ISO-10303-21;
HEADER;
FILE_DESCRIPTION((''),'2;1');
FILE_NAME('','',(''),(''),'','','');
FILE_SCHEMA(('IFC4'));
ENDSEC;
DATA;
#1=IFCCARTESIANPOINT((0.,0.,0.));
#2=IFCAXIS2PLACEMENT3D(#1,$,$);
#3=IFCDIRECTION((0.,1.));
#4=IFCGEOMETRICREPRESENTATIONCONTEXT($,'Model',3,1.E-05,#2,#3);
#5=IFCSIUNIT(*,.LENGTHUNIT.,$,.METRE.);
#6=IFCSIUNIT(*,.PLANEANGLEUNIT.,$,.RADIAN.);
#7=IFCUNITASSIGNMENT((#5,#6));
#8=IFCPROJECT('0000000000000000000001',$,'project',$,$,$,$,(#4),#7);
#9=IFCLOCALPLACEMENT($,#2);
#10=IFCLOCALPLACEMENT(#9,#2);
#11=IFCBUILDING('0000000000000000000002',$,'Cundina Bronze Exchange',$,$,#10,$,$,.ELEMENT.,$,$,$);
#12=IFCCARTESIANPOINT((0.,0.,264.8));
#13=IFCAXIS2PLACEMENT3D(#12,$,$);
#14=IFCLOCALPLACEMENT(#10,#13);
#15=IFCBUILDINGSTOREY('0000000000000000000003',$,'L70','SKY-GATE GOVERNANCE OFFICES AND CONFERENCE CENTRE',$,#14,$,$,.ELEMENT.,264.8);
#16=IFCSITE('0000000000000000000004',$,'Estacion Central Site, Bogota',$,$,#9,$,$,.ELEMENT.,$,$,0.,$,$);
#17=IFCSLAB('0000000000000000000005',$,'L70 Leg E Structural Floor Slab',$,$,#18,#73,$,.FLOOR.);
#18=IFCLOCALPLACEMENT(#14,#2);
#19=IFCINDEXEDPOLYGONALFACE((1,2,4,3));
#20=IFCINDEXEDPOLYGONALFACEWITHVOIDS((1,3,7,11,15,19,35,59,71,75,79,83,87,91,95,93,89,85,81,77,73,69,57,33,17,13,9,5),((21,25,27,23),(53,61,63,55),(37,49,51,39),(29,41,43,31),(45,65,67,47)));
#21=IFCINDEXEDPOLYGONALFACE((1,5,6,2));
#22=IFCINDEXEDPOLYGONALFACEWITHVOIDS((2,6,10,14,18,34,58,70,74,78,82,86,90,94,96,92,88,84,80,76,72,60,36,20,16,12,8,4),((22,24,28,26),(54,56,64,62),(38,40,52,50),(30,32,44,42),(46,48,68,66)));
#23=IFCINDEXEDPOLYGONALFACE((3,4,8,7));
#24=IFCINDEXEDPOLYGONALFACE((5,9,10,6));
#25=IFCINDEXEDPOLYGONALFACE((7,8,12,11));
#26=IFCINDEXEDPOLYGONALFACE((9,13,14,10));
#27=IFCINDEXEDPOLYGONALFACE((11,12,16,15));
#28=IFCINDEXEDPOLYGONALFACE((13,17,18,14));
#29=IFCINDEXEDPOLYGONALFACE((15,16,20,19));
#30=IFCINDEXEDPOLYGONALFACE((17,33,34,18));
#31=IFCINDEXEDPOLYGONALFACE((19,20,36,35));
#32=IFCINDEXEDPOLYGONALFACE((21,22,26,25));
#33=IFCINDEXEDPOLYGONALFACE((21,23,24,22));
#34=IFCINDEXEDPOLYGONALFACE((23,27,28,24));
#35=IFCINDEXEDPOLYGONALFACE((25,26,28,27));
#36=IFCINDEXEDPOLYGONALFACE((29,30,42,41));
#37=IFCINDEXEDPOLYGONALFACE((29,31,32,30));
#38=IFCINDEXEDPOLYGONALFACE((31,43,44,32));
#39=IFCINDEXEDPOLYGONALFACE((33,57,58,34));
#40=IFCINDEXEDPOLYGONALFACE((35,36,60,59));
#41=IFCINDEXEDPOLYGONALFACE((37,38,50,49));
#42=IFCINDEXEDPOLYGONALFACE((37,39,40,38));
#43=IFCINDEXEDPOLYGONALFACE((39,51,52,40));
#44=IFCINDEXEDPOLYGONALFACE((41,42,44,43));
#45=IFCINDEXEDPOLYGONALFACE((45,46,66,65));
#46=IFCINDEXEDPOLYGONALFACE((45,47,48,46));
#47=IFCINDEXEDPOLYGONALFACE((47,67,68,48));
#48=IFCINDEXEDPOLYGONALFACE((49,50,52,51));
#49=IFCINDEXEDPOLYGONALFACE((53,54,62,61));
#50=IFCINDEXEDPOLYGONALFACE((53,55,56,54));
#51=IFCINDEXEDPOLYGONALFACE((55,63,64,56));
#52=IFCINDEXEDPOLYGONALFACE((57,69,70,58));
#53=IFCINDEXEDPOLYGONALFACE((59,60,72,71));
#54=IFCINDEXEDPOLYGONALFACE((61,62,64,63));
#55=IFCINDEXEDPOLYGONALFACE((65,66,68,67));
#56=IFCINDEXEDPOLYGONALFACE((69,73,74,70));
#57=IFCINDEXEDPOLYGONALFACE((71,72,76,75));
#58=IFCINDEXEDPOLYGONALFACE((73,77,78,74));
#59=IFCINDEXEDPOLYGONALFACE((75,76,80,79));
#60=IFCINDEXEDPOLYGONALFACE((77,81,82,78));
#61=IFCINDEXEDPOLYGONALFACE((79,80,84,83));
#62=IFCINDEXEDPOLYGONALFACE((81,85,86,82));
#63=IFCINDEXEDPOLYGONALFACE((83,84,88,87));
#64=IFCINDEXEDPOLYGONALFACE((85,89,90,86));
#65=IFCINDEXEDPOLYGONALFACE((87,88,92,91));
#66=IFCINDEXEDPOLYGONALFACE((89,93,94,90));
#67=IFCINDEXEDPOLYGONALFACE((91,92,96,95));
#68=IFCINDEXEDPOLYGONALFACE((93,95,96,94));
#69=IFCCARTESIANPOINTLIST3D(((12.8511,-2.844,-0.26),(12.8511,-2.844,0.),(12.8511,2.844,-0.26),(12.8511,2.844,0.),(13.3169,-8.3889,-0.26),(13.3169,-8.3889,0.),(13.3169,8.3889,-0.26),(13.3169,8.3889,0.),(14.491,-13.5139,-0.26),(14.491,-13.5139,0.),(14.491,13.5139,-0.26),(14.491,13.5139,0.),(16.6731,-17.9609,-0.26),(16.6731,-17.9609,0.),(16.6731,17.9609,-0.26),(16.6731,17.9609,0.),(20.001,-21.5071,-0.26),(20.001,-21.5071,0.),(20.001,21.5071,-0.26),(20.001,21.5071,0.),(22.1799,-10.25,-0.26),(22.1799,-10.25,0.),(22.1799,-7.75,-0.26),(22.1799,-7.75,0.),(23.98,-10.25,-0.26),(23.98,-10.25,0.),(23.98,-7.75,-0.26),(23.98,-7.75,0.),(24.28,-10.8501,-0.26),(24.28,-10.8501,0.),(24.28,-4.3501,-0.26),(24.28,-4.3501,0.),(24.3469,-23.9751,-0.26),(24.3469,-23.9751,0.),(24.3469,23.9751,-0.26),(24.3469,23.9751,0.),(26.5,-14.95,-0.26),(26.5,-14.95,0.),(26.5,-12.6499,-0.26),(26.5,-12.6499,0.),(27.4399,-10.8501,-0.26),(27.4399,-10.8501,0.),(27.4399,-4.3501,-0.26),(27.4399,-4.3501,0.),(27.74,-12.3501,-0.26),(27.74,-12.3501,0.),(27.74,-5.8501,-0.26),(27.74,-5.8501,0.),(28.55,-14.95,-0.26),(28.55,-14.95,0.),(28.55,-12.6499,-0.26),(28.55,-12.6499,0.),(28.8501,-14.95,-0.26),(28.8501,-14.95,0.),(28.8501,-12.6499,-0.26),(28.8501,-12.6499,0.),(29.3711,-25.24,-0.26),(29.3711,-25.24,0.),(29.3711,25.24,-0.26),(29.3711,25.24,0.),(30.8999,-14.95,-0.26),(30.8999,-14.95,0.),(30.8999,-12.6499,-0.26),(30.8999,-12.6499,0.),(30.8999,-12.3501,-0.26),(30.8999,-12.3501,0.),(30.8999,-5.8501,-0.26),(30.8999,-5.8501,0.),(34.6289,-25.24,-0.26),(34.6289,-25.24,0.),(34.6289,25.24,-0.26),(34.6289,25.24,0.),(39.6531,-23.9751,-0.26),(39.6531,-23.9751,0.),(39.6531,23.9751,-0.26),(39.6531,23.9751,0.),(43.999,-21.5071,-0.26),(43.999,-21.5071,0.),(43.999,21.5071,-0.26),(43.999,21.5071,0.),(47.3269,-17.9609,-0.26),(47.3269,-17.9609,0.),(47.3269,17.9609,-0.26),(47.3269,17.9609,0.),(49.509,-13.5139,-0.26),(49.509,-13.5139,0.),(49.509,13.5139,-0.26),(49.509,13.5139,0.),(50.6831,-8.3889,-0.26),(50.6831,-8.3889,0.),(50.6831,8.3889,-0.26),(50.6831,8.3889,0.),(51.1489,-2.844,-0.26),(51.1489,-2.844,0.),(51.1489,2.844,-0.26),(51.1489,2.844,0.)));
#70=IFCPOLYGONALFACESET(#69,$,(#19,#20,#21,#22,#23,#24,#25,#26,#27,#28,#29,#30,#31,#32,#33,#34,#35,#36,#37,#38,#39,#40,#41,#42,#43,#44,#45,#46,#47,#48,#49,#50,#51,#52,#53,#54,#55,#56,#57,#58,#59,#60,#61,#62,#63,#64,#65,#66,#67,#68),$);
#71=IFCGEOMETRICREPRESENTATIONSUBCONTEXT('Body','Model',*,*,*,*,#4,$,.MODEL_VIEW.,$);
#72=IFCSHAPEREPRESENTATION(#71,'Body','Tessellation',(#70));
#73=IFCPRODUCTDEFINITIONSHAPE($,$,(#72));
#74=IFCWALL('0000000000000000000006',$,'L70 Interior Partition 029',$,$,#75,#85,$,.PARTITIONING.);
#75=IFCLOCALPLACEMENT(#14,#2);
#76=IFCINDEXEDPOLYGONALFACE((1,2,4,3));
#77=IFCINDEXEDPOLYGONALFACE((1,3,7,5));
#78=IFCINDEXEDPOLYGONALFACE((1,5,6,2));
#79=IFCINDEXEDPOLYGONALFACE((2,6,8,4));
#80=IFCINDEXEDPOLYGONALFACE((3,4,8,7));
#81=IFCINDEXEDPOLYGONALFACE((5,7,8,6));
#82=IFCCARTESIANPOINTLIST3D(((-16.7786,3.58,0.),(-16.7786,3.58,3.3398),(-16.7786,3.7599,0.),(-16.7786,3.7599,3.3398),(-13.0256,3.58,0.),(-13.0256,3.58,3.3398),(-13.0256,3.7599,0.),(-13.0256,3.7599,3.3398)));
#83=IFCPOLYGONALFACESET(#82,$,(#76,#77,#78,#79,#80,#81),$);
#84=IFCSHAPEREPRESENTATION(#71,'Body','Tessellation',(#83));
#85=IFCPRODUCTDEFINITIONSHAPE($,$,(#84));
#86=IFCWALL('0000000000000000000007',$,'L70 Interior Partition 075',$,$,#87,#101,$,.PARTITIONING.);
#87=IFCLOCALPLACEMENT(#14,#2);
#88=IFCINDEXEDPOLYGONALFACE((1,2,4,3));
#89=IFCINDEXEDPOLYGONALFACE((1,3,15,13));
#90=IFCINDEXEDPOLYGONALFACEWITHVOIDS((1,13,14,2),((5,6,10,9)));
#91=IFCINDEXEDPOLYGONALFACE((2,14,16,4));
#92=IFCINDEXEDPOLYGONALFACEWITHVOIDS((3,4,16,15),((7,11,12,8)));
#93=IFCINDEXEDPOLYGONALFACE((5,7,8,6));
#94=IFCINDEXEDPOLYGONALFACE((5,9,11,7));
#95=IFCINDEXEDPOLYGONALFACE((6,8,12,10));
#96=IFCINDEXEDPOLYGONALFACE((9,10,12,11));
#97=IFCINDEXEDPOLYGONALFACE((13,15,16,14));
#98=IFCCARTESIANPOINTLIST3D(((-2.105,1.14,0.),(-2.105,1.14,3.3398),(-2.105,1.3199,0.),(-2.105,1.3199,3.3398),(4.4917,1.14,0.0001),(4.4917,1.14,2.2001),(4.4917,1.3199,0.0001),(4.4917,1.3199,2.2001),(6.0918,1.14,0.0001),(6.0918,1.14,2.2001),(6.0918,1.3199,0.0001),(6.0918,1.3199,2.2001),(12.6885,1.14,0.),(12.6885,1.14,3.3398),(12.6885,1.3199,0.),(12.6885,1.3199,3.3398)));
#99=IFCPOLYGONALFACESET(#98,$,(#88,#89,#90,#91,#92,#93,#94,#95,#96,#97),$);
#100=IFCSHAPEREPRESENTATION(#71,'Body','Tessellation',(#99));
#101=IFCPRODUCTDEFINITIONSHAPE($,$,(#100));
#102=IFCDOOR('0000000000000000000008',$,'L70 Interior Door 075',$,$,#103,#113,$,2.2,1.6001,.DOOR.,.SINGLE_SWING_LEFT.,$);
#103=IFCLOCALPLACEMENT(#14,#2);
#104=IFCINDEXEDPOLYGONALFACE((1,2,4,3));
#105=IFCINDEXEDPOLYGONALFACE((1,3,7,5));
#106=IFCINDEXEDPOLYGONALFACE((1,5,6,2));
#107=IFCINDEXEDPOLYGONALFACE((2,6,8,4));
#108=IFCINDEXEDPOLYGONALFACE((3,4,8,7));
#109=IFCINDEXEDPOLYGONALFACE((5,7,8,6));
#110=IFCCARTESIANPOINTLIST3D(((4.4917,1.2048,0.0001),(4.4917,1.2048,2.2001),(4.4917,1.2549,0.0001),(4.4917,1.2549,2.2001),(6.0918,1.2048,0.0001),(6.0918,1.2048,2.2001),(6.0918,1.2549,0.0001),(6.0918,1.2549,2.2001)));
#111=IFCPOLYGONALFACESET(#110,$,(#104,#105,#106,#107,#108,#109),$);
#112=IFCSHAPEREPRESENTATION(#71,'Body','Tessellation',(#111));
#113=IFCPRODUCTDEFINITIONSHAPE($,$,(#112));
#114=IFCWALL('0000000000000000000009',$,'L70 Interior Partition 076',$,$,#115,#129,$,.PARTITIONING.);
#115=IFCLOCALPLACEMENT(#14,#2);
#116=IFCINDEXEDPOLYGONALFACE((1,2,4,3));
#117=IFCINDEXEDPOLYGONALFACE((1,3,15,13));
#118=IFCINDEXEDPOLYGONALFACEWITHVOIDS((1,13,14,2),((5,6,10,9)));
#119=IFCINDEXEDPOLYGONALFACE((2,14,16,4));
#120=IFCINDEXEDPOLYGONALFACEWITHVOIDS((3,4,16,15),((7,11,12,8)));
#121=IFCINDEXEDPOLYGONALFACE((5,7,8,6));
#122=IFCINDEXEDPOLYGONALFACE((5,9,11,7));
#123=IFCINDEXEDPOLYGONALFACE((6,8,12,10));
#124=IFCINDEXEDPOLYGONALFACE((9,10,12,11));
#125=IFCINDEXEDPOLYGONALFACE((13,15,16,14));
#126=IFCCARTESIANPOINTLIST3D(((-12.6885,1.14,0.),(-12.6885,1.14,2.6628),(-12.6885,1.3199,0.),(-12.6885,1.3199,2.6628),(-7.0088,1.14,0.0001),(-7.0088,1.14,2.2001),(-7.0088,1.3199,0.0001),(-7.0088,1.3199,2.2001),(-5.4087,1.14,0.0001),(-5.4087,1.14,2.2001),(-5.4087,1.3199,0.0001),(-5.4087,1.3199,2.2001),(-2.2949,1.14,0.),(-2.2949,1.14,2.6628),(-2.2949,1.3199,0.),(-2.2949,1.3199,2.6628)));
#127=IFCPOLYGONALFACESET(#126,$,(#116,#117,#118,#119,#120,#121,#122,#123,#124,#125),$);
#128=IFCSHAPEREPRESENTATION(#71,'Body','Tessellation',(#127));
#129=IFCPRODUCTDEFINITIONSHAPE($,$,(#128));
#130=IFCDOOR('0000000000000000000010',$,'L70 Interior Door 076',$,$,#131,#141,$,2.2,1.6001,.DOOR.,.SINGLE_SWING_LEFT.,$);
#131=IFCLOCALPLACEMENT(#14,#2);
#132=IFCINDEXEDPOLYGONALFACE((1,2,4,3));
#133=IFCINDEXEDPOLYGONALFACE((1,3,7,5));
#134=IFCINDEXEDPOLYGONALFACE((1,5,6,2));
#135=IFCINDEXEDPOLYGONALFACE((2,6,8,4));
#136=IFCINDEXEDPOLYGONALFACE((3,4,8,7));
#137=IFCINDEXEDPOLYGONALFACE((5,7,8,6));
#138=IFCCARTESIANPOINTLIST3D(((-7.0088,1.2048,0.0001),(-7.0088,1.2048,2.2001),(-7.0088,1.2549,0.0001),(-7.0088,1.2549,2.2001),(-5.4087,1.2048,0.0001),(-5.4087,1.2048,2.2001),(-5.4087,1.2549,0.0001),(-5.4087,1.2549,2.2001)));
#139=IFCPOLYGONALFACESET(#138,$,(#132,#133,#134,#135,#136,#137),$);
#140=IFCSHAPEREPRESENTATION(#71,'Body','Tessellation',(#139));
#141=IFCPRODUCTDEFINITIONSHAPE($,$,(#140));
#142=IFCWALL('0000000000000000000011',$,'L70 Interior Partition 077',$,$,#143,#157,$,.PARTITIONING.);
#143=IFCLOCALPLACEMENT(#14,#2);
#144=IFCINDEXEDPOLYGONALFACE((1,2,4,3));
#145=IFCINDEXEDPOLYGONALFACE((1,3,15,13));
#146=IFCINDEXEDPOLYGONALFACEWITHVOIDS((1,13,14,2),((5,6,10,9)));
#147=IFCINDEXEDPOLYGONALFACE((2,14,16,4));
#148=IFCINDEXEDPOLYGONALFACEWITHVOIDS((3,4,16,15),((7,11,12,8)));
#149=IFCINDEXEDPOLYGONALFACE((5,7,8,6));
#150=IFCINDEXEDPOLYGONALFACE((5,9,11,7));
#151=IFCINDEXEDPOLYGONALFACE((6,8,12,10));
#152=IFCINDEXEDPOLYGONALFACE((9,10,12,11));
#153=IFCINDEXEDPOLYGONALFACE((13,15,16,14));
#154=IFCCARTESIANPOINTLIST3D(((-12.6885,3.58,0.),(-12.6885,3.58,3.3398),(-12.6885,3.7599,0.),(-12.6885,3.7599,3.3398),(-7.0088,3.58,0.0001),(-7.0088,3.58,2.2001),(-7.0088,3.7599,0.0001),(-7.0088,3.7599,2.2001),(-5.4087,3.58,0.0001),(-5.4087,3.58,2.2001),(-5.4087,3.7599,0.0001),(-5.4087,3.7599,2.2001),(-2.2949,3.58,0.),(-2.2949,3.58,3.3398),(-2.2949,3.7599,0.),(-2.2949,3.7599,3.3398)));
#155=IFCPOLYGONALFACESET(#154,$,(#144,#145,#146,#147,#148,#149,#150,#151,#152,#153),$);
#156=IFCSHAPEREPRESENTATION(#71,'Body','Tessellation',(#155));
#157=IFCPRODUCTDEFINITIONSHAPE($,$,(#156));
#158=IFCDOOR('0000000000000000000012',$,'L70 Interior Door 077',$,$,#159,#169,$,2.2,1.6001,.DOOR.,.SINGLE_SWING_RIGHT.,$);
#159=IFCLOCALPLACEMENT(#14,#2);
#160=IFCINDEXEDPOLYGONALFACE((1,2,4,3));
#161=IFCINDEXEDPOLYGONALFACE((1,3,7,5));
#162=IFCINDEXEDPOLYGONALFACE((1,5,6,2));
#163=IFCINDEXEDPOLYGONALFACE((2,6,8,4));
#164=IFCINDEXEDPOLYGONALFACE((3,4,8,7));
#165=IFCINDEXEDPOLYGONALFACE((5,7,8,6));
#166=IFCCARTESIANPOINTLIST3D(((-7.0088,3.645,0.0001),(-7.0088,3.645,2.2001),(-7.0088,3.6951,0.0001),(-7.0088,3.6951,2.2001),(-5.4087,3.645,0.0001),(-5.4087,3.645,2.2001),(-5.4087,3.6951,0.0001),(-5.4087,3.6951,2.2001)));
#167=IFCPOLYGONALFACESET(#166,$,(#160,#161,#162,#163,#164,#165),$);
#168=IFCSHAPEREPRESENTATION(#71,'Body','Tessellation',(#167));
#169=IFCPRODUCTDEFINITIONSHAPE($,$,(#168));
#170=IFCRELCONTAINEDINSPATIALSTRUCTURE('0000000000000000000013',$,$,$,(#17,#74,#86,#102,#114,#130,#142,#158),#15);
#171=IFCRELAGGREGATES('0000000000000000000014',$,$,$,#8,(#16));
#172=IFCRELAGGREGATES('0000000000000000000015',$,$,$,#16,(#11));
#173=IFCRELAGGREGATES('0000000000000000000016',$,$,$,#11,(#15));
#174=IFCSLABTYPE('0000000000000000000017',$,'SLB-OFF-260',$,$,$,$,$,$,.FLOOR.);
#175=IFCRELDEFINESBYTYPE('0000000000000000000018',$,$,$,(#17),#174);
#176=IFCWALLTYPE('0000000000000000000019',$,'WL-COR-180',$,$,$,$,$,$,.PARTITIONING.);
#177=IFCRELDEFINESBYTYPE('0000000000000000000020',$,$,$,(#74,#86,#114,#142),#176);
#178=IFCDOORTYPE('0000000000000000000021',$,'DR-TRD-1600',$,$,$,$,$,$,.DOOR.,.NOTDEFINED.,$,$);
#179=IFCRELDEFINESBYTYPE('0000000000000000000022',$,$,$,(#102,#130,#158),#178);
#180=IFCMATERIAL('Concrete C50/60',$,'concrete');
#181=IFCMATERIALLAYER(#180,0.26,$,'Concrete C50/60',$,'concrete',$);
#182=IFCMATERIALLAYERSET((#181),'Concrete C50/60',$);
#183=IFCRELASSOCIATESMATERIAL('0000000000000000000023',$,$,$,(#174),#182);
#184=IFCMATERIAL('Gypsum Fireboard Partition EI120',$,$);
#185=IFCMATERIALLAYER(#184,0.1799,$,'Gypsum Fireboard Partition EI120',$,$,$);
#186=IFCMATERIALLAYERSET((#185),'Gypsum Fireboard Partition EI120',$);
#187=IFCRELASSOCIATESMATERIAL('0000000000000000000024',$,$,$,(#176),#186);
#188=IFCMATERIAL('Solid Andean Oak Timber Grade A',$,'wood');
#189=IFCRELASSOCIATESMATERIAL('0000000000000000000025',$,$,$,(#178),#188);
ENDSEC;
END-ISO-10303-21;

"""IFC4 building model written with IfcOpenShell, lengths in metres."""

from ifc_helpers import new_model, si_unit, direction, frame, frame_2d, origin, place, context, subcontext, project, spatial, polyline, rectangle, outline, extrude, material, layer, layer_set, type_object, element, fill, save


model = new_model("IFC4")

# Units and contexts
model_context = context("Model", 3, precision=1e-05, world=origin(), true_north=direction((0.0, 1.0)))
body_context = subcontext(model_context, "Body", "Model", "MODEL_VIEW")
ifc_project = project(units=[si_unit("LENGTHUNIT", "METRE"), si_unit("PLANEANGLEUNIT", "RADIAN")], contexts=[model_context])

# Site, building, storey
site_placement = place(None, origin())
site = spatial("IfcSite", under=ifc_project, at=site_placement, Name="Estacion Central Site, Bogota", CompositionType="ELEMENT", RefElevation=0.0)
building_placement = place(site_placement, origin())
building = spatial("IfcBuilding", under=site, at=building_placement, Name="Cundina Bronze Exchange", CompositionType="ELEMENT")
storey_placement = place(building_placement, frame((0.0, 0.0, 264.8)))
storey = spatial("IfcBuildingStorey", under=building, at=storey_placement, Name="L70", Description="SKY-GATE GOVERNANCE OFFICES AND CONFERENCE CENTRE", CompositionType="ELEMENT", Elevation=264.8)

# Shared definitions
ifc_material_1 = material(Name="Concrete C50/60", Category="concrete")

# Slab
ifc_layer_1 = layer(ifc_material_1, 0.26, Name="Concrete C50/60", Category="concrete")
ifc_layer_set_1 = layer_set([ifc_layer_1], Name="Concrete C50/60")
slab_type_1 = type_object("IfcSlabType", Name="SLB-OFF-260", PredefinedType="FLOOR", material=ifc_layer_set_1)
slab_1_placement = place(storey_placement, frame((0.0, 0.0, -0.26)))
element("IfcSlab", 1, at=slab_1_placement, inside=storey, type_object=slab_type_1, Name="L70 Leg E Structural Floor Slab", PredefinedType="FLOOR", context=body_context, shape_type="SweptSolid", body=[
    extrude(outline(polyline([(51.1489, 2.844), (50.6831, 8.3889), (49.509, 13.5139), (47.3269, 17.9609), (43.999, 21.5071), (39.6531, 23.9751), (34.6289, 25.24), (29.3711, 25.24), (24.3469, 23.9751), (20.001, 21.5071), (16.6731, 17.9609), (14.491, 13.5139), (13.3169, 8.3889), (12.8511, 2.844), (12.8511, -2.844), (13.3169, -8.3889), (14.491, -13.5139), (16.6731, -17.9609), (20.001, -21.5071), (24.3469, -23.9751), (29.3711, -25.24), (34.6289, -25.24), (39.6531, -23.9751), (43.999, -21.5071), (47.3269, -17.9609), (49.509, -13.5139), (50.6831, -8.3889), (51.1489, -2.844), (51.1489, 2.844)]), holes=[polyline([(27.74, -5.8501), (27.74, -12.3501), (30.8999, -12.3501), (30.8999, -5.8501), (27.74, -5.8501)]), polyline([(27.4399, -10.8501), (27.4399, -4.3501), (24.28, -4.3501), (24.28, -10.8501), (27.4399, -10.8501)]), polyline([(22.1799, -7.75), (23.98, -7.75), (23.98, -10.25), (22.1799, -10.25), (22.1799, -7.75)]), polyline([(28.8501, -12.6499), (30.8999, -12.6499), (30.8999, -14.95), (28.8501, -14.95), (28.8501, -12.6499)]), polyline([(26.5, -12.6499), (28.55, -12.6499), (28.55, -14.95), (26.5, -14.95), (26.5, -12.6499)])]), origin(), (0.0, 0.0, 1.0), 0.26),
])

# Wall
ifc_material_2 = material(Name="Gypsum Fireboard Partition EI120")
ifc_layer_2 = layer(ifc_material_2, 0.1799, Name="Gypsum Fireboard Partition EI120")
ifc_layer_set_2 = layer_set([ifc_layer_2], Name="Gypsum Fireboard Partition EI120")
wall_type = type_object("IfcWallType", Name="WL-COR-180", PredefinedType="PARTITIONING", material=ifc_layer_set_2)
wall_1_placement = place(storey_placement, frame((-13.0256, 3.6699, 0.0), z_axis=(0.0, 0.0, 1.0), x_axis=(-1.0, 0.0, 0.0)))
element("IfcWall", 2, at=wall_1_placement, inside=storey, type_object=wall_type, Name="L70 Interior Partition 029", PredefinedType="PARTITIONING", context=body_context, shape_type="SweptSolid", body=[
    extrude(rectangle(XDim=3.7529, YDim=0.1799, at=frame_2d((1.8765, 0.0))), origin(), (0.0, 0.0, 1.0), 3.3398),
])

# Walls, openings, doors
wall_2_placement = place(storey_placement, frame((-2.105, 1.23, 0.0), z_axis=(0.0, 0.0, 1.0), x_axis=(1.0, 0.0, 0.0)))
wall_2 = element("IfcWall", 3, at=wall_2_placement, inside=storey, type_object=wall_type, Name="L70 Interior Partition 075", PredefinedType="PARTITIONING", context=body_context, shape_type="SweptSolid", body=[
    extrude(rectangle(XDim=14.7935, YDim=0.1799, at=frame_2d((7.3967, 0.0))), origin(), (0.0, 0.0, 1.0), 3.3398),
])
opening_1_placement = place(wall_2_placement, frame((6.5967, 0.0, 0.0)))
opening_1 = element("IfcOpeningElement", 4, at=opening_1_placement, cuts=wall_2, PredefinedType="OPENING", context=body_context, shape_type="SweptSolid", body=[
    extrude(rectangle(XDim=1.6001, YDim=2.2, at=frame_2d((0.8, 1.1001))), frame((0.0, 0.0999, 0.0), z_axis=(0.0, -1.0, 0.0), x_axis=(1.0, 0.0, 0.0)), (0.0, 0.0, 1.0), 0.2),
])
ifc_material_3 = material(Name="Solid Andean Oak Timber Grade A", Category="wood")
door_type_1 = type_object("IfcDoorType", Name="DR-TRD-1600", OperationType="NOTDEFINED", PredefinedType="DOOR", material=ifc_material_3)
door_1_placement = place(opening_1_placement, origin())
door_1 = element("IfcDoor", 5, at=door_1_placement, inside=storey, type_object=door_type_1, Name="L70 Interior Door 075", OperationType="SINGLE_SWING_LEFT", OverallHeight=2.2, OverallWidth=1.6001, PredefinedType="DOOR", context=body_context, shape_type="SweptSolid", body=[
    extrude(rectangle(XDim=1.6001, YDim=2.2, at=frame_2d((0.8, 1.1001))), frame((0.0, 0.0249, 0.0), z_axis=(0.0, -1.0, 0.0), x_axis=(1.0, 0.0, 0.0)), (0.0, 0.0, 1.0), 0.05),
])
fill(opening_1, door_1)
wall_3_placement = place(storey_placement, frame((-12.6885, 1.23, 0.0), z_axis=(0.0, 0.0, 1.0), x_axis=(1.0, 0.0, 0.0)))
wall_3 = element("IfcWall", 6, at=wall_3_placement, inside=storey, type_object=wall_type, Name="L70 Interior Partition 076", PredefinedType="PARTITIONING", context=body_context, shape_type="SweptSolid", body=[
    extrude(rectangle(XDim=10.3936, YDim=0.1799, at=frame_2d((5.1968, 0.0))), origin(), (0.0, 0.0, 1.0), 2.6628),
])
opening_2_placement = place(wall_3_placement, frame((5.6797, 0.0, 0.0)))
opening_2 = element("IfcOpeningElement", 7, at=opening_2_placement, cuts=wall_3, PredefinedType="OPENING", context=body_context, shape_type="SweptSolid", body=[
    extrude(rectangle(XDim=1.6001, YDim=2.2, at=frame_2d((0.8, 1.1001))), frame((0.0, 0.0999, 0.0), z_axis=(0.0, -1.0, 0.0), x_axis=(1.0, 0.0, 0.0)), (0.0, 0.0, 1.0), 0.2),
])
door_2_placement = place(opening_2_placement, origin())
door_2 = element("IfcDoor", 8, at=door_2_placement, inside=storey, type_object=door_type_1, Name="L70 Interior Door 076", OperationType="SINGLE_SWING_LEFT", OverallHeight=2.2, OverallWidth=1.6001, PredefinedType="DOOR", context=body_context, shape_type="SweptSolid", body=[
    extrude(rectangle(XDim=1.6001, YDim=2.2, at=frame_2d((0.8, 1.1001))), frame((0.0, 0.0249, 0.0), z_axis=(0.0, -1.0, 0.0), x_axis=(1.0, 0.0, 0.0)), (0.0, 0.0, 1.0), 0.05),
])
fill(opening_2, door_2)
wall_4_placement = place(storey_placement, frame((-2.2949, 3.6699, 0.0), z_axis=(0.0, 0.0, 1.0), x_axis=(-1.0, 0.0, 0.0)))
wall_4 = element("IfcWall", 9, at=wall_4_placement, inside=storey, type_object=wall_type, Name="L70 Interior Partition 077", PredefinedType="PARTITIONING", context=body_context, shape_type="SweptSolid", body=[
    extrude(rectangle(XDim=10.3936, YDim=0.1799, at=frame_2d((5.1968, 0.0))), origin(), (0.0, 0.0, 1.0), 3.3398),
])
opening_3_placement = place(wall_4_placement, frame((3.1138, 0.0, 0.0)))
opening_3 = element("IfcOpeningElement", 10, at=opening_3_placement, cuts=wall_4, PredefinedType="OPENING", context=body_context, shape_type="SweptSolid", body=[
    extrude(rectangle(XDim=1.6001, YDim=2.2, at=frame_2d((0.8, 1.1001))), frame((0.0, 0.0999, 0.0), z_axis=(0.0, -1.0, 0.0), x_axis=(1.0, 0.0, 0.0)), (0.0, 0.0, 1.0), 0.2),
])
door_3_placement = place(opening_3_placement, origin())
door_3 = element("IfcDoor", 11, at=door_3_placement, inside=storey, type_object=door_type_1, Name="L70 Interior Door 077", OperationType="SINGLE_SWING_RIGHT", OverallHeight=2.2, OverallWidth=1.6001, PredefinedType="DOOR", context=body_context, shape_type="SweptSolid", body=[
    extrude(rectangle(XDim=1.6001, YDim=2.2, at=frame_2d((0.8, 1.1001))), frame((0.0, 0.0249, 0.0), z_axis=(0.0, -1.0, 0.0), x_axis=(1.0, 0.0, 0.0)), (0.0, 0.0, 1.0), 0.05),
])
fill(opening_3, door_3)

save(model, "model.ifc")
